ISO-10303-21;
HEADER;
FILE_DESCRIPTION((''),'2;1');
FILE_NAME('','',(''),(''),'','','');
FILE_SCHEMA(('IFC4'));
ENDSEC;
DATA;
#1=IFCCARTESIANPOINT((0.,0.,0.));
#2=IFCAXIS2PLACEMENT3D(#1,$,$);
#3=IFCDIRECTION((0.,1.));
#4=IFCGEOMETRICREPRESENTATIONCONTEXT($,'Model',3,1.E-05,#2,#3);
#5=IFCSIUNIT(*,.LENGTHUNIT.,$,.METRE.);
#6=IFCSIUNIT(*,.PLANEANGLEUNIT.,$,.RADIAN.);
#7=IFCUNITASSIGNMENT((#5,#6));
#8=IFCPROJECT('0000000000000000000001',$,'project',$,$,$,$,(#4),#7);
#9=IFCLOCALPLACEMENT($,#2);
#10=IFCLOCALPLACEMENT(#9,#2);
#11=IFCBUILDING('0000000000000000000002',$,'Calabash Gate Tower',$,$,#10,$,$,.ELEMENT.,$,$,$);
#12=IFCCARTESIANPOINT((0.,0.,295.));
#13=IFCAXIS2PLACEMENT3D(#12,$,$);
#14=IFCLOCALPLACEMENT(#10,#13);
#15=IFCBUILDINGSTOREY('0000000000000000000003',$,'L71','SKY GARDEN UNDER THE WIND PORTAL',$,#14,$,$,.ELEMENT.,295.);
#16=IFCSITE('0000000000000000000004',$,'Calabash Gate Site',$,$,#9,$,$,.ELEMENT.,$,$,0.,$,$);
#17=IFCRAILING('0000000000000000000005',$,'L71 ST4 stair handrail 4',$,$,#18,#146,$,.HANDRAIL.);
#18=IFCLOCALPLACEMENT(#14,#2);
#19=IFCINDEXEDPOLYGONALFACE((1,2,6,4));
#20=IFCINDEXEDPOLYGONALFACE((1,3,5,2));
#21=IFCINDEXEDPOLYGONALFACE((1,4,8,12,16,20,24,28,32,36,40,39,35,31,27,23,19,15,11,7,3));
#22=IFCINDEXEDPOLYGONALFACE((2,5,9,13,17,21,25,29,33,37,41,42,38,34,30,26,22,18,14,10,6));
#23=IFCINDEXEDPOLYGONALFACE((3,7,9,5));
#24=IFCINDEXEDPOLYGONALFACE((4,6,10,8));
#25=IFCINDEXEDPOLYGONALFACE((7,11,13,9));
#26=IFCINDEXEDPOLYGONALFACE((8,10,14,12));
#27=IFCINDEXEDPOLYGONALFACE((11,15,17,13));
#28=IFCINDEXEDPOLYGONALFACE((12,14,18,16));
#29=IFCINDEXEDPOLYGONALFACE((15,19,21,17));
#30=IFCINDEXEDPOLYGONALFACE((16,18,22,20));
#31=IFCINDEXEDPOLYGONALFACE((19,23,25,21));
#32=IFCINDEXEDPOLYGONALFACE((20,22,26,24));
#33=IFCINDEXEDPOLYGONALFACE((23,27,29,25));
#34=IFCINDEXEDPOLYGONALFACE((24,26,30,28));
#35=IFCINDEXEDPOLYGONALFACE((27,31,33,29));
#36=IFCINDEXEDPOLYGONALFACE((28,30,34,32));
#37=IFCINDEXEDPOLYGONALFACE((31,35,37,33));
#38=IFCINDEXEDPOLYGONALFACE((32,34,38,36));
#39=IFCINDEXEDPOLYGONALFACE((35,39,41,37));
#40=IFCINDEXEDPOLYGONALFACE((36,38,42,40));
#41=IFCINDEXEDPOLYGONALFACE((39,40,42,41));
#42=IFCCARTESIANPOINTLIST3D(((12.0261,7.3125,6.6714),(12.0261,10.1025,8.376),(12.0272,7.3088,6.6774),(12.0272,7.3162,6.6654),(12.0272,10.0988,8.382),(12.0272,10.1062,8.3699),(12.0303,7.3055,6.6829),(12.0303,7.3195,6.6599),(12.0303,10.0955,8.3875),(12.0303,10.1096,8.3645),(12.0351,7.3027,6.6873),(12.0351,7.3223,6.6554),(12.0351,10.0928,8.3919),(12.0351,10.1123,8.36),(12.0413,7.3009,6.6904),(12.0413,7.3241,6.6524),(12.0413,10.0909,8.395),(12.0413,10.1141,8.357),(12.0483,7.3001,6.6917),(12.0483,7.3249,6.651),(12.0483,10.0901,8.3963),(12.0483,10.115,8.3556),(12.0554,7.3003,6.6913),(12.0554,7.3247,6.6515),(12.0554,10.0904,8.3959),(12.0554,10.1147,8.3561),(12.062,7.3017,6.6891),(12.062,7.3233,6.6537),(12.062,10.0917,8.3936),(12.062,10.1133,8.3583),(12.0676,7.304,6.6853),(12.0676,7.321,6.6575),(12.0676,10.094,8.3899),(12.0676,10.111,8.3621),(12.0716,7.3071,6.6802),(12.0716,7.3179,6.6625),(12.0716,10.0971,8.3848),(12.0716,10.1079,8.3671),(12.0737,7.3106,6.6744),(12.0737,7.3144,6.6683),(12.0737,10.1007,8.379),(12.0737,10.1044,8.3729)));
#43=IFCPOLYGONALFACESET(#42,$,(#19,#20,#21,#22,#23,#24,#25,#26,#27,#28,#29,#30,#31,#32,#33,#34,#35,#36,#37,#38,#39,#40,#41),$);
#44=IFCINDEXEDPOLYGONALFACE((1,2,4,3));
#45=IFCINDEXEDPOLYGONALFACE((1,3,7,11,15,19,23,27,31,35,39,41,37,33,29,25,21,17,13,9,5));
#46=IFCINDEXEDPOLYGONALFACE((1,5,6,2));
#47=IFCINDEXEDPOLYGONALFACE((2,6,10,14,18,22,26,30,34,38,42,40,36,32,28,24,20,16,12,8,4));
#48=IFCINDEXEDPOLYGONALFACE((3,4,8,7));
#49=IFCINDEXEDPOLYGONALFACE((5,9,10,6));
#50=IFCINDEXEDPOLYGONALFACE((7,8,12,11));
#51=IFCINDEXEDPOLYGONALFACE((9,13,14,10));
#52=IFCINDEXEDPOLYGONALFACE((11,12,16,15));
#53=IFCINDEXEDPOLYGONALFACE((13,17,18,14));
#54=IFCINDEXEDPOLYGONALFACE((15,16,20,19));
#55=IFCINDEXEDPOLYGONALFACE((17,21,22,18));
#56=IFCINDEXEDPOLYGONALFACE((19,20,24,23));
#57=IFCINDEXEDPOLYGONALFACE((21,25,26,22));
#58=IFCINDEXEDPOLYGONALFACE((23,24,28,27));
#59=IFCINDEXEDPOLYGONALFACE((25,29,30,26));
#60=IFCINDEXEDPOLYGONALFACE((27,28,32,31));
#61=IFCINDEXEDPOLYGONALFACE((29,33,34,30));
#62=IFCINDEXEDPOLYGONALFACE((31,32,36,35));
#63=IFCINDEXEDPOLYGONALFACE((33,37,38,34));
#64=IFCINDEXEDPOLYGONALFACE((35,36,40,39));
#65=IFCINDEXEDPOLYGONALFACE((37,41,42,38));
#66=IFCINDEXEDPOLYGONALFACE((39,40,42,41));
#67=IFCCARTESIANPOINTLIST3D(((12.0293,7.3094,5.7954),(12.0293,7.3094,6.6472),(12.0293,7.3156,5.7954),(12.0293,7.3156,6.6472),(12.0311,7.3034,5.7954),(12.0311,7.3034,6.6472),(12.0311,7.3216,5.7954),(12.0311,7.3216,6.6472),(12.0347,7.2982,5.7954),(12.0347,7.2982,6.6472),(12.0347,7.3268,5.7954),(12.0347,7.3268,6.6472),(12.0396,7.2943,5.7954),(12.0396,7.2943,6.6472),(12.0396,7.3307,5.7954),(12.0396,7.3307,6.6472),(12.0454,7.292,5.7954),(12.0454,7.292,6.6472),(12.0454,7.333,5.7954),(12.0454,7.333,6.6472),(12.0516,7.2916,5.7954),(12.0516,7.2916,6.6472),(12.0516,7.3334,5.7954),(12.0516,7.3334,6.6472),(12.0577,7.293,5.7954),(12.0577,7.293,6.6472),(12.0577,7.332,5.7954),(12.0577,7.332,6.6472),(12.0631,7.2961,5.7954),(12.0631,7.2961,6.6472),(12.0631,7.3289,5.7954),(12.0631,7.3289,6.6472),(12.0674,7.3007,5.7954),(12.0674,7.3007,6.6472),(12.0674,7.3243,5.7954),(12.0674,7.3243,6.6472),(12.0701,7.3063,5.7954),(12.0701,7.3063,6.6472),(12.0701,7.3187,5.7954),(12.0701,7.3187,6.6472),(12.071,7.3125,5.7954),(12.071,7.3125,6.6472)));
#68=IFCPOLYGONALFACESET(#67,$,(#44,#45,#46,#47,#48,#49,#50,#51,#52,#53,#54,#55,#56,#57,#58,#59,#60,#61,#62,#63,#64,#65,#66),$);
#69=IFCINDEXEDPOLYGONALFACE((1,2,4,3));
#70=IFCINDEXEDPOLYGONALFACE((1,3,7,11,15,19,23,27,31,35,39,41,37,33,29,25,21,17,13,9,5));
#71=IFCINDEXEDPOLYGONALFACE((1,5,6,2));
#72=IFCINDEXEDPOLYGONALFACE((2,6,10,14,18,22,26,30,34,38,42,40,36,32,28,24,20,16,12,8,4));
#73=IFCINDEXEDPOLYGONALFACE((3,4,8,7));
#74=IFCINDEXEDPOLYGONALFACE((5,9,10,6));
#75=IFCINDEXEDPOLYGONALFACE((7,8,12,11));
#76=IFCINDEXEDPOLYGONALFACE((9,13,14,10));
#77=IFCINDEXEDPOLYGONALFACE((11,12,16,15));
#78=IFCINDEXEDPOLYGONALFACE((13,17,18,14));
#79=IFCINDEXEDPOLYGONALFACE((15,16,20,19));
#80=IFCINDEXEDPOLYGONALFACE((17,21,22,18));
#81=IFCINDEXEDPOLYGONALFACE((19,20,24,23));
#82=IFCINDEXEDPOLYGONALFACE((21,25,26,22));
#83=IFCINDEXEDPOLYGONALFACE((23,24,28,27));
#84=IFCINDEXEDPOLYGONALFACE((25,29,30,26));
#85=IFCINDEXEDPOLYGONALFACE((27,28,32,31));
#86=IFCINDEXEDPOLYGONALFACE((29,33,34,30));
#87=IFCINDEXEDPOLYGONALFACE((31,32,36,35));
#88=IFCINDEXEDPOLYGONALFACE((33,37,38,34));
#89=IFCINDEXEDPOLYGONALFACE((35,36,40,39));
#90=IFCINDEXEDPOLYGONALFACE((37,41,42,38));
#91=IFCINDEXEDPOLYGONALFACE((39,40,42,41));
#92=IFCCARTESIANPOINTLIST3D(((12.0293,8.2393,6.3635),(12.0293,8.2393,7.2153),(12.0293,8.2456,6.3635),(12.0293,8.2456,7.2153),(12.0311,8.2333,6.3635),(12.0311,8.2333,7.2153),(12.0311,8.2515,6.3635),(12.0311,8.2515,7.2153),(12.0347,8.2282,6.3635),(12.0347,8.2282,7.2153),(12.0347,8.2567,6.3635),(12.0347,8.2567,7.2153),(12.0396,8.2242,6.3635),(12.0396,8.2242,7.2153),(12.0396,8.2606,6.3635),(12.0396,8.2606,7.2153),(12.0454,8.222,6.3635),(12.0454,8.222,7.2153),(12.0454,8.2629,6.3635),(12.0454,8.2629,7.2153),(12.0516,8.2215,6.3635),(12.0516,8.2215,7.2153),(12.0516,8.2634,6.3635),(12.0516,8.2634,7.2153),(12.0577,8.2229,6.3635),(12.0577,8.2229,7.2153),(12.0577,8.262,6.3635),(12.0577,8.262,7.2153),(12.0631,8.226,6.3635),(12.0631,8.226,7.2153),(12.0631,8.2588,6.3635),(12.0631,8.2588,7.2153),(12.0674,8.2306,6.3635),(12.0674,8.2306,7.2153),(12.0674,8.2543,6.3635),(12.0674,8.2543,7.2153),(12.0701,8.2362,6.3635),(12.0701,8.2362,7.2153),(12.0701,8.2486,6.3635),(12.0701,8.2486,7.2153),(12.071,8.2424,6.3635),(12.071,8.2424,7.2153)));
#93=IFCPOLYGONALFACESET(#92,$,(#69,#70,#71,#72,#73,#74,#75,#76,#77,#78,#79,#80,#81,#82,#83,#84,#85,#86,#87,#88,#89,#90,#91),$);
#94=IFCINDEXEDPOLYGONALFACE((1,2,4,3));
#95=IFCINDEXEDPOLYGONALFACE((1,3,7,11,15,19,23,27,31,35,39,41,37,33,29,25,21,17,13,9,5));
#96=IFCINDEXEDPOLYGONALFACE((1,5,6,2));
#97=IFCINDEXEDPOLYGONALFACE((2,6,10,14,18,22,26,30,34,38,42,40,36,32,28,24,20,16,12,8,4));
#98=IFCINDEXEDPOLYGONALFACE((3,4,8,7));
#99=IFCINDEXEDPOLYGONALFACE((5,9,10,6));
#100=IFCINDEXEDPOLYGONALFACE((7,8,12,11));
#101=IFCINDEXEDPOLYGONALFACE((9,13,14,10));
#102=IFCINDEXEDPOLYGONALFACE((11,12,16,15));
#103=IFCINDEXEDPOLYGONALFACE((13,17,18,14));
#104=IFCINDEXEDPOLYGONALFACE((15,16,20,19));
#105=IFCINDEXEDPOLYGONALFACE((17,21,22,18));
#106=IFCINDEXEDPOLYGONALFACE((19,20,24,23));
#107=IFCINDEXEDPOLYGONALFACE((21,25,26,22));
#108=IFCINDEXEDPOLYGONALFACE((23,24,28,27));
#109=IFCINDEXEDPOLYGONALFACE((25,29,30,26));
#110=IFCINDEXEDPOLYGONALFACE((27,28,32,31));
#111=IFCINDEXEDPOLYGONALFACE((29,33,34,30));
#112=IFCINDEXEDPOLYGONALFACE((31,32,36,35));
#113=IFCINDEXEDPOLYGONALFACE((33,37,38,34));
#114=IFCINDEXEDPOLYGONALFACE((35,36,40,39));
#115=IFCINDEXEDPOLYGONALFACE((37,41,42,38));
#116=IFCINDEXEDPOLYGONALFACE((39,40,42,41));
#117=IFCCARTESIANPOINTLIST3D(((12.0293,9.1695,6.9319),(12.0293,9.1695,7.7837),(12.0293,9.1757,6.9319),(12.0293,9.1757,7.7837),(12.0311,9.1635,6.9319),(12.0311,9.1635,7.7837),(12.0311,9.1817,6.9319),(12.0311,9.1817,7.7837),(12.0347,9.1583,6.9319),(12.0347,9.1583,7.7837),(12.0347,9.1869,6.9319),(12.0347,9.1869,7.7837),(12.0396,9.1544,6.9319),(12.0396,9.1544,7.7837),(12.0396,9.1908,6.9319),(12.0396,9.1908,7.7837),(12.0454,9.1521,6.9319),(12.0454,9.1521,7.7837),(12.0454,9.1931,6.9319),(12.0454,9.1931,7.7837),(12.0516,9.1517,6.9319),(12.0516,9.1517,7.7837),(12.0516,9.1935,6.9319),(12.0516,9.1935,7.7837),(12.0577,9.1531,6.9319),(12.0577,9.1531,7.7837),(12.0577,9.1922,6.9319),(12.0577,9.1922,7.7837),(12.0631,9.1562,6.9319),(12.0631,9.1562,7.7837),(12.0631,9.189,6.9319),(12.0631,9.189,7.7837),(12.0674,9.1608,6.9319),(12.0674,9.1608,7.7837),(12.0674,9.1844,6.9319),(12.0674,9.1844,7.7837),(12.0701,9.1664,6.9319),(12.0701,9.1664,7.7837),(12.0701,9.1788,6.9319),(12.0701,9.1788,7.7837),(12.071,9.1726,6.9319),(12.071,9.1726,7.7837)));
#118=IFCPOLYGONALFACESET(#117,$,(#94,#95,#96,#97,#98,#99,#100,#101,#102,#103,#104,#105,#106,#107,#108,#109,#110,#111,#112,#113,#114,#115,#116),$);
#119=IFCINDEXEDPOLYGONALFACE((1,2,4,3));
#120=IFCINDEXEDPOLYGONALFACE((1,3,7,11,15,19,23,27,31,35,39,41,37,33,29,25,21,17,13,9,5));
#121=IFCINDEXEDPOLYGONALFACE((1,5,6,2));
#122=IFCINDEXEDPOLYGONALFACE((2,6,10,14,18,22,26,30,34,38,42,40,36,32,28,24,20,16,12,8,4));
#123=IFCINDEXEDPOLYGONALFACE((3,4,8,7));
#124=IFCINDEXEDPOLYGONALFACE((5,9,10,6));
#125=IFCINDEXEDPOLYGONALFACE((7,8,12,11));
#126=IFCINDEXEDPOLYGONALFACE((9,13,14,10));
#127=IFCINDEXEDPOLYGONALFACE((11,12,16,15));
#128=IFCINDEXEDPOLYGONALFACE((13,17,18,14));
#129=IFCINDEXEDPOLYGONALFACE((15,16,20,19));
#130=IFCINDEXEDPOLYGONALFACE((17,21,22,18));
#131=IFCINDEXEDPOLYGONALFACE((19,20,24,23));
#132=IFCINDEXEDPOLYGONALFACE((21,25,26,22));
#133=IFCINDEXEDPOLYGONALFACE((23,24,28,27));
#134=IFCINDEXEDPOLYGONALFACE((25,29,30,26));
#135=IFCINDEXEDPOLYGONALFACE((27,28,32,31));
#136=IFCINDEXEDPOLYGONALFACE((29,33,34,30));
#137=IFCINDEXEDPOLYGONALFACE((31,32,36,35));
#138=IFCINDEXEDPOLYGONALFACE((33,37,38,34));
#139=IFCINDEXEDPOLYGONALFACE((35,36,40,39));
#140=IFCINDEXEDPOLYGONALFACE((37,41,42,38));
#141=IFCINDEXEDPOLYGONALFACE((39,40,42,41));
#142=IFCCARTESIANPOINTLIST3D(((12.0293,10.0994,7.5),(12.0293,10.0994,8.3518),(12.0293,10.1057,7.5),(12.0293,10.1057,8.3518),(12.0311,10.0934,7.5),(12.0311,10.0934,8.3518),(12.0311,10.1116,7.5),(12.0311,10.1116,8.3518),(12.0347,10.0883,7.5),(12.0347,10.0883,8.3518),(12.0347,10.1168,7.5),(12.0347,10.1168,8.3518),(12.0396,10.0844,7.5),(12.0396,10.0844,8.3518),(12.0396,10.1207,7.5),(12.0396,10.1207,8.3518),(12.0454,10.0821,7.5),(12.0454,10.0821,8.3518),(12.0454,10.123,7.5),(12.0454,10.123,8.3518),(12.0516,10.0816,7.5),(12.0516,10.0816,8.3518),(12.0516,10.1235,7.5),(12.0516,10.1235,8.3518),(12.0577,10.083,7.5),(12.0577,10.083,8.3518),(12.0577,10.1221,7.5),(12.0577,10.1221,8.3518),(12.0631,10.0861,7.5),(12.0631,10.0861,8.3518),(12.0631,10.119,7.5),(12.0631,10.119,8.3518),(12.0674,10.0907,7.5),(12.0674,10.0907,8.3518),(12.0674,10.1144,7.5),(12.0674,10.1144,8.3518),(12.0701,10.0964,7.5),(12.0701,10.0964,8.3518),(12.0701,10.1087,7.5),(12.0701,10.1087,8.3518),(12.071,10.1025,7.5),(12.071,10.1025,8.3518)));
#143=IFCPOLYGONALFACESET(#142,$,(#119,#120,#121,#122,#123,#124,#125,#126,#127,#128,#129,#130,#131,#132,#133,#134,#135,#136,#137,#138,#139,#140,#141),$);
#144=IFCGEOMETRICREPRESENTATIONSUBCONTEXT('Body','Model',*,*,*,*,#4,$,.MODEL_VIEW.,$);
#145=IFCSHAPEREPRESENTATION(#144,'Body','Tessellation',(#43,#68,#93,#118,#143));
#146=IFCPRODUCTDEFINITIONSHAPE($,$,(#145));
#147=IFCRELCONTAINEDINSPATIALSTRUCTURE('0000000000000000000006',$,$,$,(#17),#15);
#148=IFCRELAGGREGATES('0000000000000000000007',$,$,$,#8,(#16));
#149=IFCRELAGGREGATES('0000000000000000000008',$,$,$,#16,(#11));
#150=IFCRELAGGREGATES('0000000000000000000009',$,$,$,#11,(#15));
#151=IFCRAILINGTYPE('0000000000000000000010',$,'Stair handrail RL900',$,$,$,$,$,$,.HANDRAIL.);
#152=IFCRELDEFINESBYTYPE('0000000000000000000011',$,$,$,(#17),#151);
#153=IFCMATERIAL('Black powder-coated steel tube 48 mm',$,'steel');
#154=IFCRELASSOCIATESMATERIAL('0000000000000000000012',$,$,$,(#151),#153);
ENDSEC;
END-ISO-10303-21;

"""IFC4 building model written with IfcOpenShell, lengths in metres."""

from ifc_helpers import new_model, si_unit, direction, frame, origin, origin_2d, place, context, subcontext, project, spatial, circle, extrude, material, type_object, element, save


model = new_model("IFC4")

# Units and contexts
model_context = context("Model", 3, precision=1e-05, world=origin(), true_north=direction((0.0, 1.0)))
body_context = subcontext(model_context, "Body", "Model", "MODEL_VIEW")
ifc_project = project(units=[si_unit("LENGTHUNIT", "METRE"), si_unit("PLANEANGLEUNIT", "RADIAN")], contexts=[model_context])

# Site, building, storey
site_placement = place(None, origin())
site = spatial("IfcSite", under=ifc_project, at=site_placement, Name="Calabash Gate Site", CompositionType="ELEMENT", RefElevation=0.0)
building_placement = place(site_placement, origin())
building = spatial("IfcBuilding", under=site, at=building_placement, Name="Calabash Gate Tower", CompositionType="ELEMENT")
storey_placement = place(building_placement, frame((0.0, 0.0, 295.0)))
storey = spatial("IfcBuildingStorey", under=building, at=storey_placement, Name="L71", Description="SKY GARDEN UNDER THE WIND PORTAL", CompositionType="ELEMENT", Elevation=295.0)

# Railing
ifc_material_1 = material(Name="Black powder-coated steel tube 48 mm", Category="steel")
railing_type_1 = type_object("IfcRailingType", Name="Stair handrail RL900", PredefinedType="HANDRAIL", material=ifc_material_1)
railing_1_placement = place(storey_placement, frame((12.05, 7.3125, 5.7954)))
element("IfcRailing", 1, at=railing_1_placement, inside=storey, type_object=railing_type_1, Name="L71 ST4 stair handrail 4", PredefinedType="HANDRAIL", context=body_context, shape_type="SweptSolid", body=[
    extrude(circle(Radius=0.0239, at=origin_2d()), frame((0.0, 0.0, 0.876), z_axis=(0.0, 0.853341, 0.521353), x_axis=(-1.0, 0.0, 0.0)), (0.0, 0.0, 1.0), 3.2695),
    extrude(circle(Radius=0.021, at=origin_2d()), origin(), (0.0, 0.0, 1.0), 0.8518),
    extrude(circle(Radius=0.021, at=origin_2d()), frame((0.0, 0.9299, 0.5681)), (0.0, 0.0, 1.0), 0.8518),
    extrude(circle(Radius=0.021, at=origin_2d()), frame((0.0, 1.8601, 1.1365)), (0.0, 0.0, 1.0), 0.8518),
    extrude(circle(Radius=0.021, at=origin_2d()), frame((0.0, 2.79, 1.7046)), (0.0, 0.0, 1.0), 0.8518),
])

save(model, "model.ifc")
